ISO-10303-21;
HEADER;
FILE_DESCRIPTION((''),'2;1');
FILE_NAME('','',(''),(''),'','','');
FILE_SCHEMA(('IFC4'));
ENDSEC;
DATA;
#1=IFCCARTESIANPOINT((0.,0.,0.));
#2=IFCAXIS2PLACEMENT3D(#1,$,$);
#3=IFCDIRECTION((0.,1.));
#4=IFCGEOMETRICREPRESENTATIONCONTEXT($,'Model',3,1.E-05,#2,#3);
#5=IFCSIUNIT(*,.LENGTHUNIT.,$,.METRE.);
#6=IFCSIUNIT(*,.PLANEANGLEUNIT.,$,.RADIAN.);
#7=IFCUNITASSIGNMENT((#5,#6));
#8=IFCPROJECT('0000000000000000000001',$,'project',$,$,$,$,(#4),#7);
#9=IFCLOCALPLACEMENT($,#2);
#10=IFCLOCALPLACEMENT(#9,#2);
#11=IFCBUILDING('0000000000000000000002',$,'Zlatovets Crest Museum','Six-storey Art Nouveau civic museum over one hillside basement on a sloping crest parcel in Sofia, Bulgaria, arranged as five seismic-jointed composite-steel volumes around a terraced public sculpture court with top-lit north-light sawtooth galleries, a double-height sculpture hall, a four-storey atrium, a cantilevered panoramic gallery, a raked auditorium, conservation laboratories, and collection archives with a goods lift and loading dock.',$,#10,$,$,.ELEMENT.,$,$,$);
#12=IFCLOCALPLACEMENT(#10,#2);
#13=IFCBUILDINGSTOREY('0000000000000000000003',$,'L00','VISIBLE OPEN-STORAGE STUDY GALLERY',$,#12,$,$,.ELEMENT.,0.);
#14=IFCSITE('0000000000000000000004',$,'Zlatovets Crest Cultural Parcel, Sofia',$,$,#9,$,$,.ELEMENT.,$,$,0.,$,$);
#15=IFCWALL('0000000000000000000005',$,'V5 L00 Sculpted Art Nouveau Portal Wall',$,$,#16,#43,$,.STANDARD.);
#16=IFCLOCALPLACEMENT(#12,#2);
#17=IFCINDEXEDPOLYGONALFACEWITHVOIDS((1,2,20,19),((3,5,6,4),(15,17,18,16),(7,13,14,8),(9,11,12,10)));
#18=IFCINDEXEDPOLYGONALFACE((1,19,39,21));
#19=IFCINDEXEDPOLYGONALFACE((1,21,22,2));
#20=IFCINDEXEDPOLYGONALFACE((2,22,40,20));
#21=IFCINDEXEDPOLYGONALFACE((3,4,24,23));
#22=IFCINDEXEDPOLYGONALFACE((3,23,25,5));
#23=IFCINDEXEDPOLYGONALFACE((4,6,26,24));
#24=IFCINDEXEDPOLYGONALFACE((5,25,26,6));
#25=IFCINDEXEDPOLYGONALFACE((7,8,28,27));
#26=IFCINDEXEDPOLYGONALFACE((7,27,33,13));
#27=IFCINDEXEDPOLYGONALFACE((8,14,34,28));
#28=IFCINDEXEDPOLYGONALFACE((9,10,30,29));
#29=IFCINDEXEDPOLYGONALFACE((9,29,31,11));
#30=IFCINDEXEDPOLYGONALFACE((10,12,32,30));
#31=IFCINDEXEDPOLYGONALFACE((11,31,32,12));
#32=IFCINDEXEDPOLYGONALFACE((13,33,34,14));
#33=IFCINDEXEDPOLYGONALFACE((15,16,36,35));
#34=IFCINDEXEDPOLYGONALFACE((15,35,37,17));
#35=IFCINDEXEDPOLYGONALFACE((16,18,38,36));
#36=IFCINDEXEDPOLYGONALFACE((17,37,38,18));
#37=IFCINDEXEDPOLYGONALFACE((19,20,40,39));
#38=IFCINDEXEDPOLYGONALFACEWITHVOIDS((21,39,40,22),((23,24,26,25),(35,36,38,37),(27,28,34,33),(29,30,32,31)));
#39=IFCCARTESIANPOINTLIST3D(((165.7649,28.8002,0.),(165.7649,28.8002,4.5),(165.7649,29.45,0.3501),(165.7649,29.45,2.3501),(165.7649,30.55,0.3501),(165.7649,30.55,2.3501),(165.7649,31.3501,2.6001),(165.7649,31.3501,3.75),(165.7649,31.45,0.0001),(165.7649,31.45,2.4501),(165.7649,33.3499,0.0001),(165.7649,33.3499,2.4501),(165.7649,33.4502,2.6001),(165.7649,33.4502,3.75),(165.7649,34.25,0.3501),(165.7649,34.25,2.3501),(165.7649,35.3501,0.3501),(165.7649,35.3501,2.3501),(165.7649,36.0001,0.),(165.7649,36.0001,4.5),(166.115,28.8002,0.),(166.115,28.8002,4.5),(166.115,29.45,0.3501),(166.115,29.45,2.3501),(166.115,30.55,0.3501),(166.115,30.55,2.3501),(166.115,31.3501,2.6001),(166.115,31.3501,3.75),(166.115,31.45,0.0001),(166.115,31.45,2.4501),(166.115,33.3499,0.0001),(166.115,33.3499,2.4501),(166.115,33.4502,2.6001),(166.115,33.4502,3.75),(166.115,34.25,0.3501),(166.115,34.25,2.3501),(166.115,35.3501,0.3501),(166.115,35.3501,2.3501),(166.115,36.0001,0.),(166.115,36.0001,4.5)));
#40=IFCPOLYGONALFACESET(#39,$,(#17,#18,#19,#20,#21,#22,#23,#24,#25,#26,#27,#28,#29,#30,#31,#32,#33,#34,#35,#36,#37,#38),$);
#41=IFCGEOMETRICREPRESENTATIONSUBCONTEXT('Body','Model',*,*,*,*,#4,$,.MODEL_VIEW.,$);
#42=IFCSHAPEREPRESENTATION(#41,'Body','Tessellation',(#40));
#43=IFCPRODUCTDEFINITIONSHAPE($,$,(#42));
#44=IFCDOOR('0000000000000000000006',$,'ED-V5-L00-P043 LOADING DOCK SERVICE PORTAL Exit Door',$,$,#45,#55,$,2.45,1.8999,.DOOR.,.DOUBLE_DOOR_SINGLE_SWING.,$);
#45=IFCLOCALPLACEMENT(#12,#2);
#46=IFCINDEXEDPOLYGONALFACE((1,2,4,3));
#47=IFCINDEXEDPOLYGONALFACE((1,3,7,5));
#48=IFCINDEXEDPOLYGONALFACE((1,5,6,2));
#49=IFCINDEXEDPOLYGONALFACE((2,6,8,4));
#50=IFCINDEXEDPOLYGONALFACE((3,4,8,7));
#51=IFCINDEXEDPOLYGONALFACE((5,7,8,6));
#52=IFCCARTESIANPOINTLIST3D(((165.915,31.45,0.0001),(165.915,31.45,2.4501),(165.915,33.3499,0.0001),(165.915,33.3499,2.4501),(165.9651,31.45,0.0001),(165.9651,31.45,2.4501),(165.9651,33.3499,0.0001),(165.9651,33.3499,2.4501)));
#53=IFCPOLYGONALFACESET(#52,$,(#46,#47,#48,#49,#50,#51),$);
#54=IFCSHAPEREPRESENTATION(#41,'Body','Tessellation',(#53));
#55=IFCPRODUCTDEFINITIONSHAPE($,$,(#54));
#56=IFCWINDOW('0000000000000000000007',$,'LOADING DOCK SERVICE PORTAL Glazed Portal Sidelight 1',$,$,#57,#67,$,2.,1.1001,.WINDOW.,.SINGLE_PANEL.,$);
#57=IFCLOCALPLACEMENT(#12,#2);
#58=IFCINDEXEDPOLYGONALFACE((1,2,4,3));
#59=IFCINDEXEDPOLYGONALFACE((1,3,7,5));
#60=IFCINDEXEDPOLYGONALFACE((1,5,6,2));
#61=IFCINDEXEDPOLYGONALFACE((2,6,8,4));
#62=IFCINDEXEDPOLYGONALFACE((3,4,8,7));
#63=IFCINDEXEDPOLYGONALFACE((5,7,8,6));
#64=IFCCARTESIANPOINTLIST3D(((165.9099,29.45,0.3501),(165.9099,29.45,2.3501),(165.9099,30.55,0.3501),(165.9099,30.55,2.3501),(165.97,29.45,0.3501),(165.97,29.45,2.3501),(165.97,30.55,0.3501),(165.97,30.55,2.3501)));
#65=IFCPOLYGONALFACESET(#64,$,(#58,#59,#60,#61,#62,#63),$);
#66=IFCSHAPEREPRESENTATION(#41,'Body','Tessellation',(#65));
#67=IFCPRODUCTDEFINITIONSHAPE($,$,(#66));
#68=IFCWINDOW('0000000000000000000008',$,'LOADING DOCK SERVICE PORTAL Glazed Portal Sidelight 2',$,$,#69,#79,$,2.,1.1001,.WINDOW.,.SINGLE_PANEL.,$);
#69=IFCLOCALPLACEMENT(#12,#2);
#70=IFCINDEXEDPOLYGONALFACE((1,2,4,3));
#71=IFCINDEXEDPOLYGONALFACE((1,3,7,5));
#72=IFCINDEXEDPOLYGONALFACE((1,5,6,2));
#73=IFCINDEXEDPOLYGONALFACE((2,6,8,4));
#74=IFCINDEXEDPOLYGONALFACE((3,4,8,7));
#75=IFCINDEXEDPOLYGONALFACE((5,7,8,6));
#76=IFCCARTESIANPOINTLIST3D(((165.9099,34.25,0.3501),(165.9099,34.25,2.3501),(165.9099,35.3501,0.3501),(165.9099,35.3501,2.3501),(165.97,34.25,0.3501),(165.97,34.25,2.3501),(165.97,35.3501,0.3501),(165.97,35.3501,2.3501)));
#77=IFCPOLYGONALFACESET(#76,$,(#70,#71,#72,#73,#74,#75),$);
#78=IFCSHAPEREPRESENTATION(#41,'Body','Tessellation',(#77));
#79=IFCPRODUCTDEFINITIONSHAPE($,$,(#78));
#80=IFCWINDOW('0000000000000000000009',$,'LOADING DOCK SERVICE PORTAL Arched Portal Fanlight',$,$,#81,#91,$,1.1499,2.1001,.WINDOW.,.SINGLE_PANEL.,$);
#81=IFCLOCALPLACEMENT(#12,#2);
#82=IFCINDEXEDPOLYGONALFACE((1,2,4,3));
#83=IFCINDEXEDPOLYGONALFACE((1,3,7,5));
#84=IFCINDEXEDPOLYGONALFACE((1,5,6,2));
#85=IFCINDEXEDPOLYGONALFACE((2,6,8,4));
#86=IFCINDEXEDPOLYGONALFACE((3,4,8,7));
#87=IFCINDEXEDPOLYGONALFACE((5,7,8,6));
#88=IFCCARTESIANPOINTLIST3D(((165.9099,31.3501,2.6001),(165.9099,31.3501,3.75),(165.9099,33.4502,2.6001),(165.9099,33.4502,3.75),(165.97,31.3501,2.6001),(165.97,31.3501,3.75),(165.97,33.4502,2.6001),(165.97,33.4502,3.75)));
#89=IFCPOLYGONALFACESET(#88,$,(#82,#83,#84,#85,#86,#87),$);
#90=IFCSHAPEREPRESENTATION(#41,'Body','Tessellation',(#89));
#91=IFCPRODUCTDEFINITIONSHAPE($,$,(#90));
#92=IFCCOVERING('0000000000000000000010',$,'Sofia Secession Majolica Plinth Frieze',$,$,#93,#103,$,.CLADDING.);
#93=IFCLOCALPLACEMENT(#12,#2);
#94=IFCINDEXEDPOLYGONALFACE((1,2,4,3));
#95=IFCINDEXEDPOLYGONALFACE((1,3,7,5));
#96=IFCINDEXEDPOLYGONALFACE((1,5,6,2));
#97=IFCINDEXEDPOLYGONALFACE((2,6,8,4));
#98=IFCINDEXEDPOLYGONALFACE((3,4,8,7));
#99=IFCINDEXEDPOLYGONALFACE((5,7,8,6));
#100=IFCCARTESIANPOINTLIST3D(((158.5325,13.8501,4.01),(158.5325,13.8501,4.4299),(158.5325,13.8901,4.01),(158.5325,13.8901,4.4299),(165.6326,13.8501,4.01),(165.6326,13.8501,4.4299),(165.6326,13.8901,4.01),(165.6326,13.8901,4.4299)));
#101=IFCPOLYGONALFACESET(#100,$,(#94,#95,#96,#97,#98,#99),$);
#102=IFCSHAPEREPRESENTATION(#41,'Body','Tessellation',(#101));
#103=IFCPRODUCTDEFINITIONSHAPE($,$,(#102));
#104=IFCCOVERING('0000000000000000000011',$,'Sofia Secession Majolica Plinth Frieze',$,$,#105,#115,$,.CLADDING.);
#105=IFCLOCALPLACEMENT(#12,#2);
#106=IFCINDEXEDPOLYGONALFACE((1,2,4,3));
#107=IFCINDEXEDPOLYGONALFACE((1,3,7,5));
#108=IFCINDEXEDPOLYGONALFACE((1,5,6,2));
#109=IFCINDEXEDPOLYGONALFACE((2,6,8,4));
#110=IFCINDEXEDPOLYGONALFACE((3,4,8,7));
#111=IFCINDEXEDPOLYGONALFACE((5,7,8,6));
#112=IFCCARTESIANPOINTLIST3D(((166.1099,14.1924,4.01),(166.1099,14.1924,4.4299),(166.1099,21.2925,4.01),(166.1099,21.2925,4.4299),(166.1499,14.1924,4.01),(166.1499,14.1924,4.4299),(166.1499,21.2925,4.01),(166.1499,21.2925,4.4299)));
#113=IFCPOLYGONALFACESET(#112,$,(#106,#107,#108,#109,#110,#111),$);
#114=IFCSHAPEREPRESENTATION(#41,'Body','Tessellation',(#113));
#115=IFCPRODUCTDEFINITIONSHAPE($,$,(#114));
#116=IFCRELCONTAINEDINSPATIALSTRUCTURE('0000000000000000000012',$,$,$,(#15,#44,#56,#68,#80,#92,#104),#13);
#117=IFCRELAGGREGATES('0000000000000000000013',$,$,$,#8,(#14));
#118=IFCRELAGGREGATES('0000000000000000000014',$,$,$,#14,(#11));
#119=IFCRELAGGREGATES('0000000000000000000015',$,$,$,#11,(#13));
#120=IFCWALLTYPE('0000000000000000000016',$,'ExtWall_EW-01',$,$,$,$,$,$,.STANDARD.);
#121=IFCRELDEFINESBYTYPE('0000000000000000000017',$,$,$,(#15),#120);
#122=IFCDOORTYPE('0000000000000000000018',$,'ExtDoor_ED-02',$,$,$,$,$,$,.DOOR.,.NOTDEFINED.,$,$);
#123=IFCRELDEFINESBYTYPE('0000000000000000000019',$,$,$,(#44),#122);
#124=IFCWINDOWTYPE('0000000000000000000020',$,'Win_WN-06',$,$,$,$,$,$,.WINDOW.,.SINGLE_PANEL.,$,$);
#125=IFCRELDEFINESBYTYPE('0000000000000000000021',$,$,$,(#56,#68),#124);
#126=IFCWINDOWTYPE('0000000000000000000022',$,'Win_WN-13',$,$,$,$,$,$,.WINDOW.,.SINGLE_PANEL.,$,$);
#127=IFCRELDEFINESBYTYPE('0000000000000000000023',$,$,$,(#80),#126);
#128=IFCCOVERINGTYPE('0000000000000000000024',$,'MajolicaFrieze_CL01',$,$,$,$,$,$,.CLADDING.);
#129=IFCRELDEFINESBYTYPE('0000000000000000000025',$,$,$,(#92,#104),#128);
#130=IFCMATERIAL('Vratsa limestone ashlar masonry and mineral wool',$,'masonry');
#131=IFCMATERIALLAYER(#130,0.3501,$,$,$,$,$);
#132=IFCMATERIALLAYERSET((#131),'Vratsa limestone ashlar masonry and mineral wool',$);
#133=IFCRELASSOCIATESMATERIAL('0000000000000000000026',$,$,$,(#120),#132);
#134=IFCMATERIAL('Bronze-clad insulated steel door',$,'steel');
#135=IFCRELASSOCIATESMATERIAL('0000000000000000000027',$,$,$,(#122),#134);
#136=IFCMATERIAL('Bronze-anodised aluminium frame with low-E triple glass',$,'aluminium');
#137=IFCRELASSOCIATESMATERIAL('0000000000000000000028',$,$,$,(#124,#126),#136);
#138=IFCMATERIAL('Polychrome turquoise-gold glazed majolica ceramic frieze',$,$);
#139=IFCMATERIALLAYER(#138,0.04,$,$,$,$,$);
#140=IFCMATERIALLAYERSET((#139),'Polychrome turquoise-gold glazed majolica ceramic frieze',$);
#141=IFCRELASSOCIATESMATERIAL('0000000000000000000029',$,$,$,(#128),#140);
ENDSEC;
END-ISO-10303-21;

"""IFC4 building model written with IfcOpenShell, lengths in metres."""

from ifc_helpers import new_model, si_unit, direction, frame, frame_2d, origin, origin_2d, place, context, subcontext, project, spatial, rectangle, extrude, material, layer, layer_set, type_object, element, fill, save


model = new_model("IFC4")

# Units and contexts
model_context = context("Model", 3, precision=1e-05, world=origin(), true_north=direction((0.0, 1.0)))
body_context = subcontext(model_context, "Body", "Model", "MODEL_VIEW")
ifc_project = project(units=[si_unit("LENGTHUNIT", "METRE"), si_unit("PLANEANGLEUNIT", "RADIAN")], contexts=[model_context])

# Site, building, storey
site_placement = place(None, origin())
site = spatial("IfcSite", under=ifc_project, at=site_placement, Name="Zlatovets Crest Cultural Parcel, Sofia", CompositionType="ELEMENT", RefElevation=0.0)
building_placement = place(site_placement, origin())
building = spatial("IfcBuilding", under=site, at=building_placement, Name="Zlatovets Crest Museum", Description="Six-storey Art Nouveau civic museum over one hillside basement on a sloping crest parcel in Sofia, Bulgaria, arranged as five seismic-jointed composite-steel volumes around a terraced public sculpture court with top-lit north-light sawtooth galleries, a double-height sculpture hall, a four-storey atrium, a cantilevered panoramic gallery, a raked auditorium, conservation laboratories, and collection archives with a goods lift and loading dock.", CompositionType="ELEMENT")
storey_placement = place(building_placement, origin())
storey = spatial("IfcBuildingStorey", under=building, at=storey_placement, Name="L00", Description="VISIBLE OPEN-STORAGE STUDY GALLERY", CompositionType="ELEMENT", Elevation=0.0)

# Shared definitions
ifc_material_1 = material(Name="Vratsa limestone ashlar masonry and mineral wool", Category="masonry")
ifc_layer_1 = layer(ifc_material_1, 0.3501)
ifc_layer_set_1 = layer_set([ifc_layer_1], Name="Vratsa limestone ashlar masonry and mineral wool")
wall_type = type_object("IfcWallType", Name="ExtWall_EW-01", PredefinedType="STANDARD", material=ifc_layer_set_1)
ifc_material_2 = material(Name="Bronze-anodised aluminium frame with low-E triple glass", Category="aluminium")

# Wall, openings, door, windows
wall_1_placement = place(storey_placement, frame((165.9399, 28.8, 0.0), z_axis=(0.0, 0.0, 1.0), x_axis=(0.0, 1.0, 0.0)))
wall_1 = element("IfcWall", 1, at=wall_1_placement, inside=storey, type_object=wall_type, Name="V5 L00 Sculpted Art Nouveau Portal Wall", PredefinedType="STANDARD", context=body_context, shape_type="SweptSolid", body=[
    extrude(rectangle(XDim=7.2, YDim=0.3501, at=frame_2d((3.6001, 0.0))), origin(), (0.0, 0.0, 1.0), 4.5),
])
opening_1_placement = place(wall_1_placement, frame((2.6499, 0.0, 0.0)))
opening_1 = element("IfcOpeningElement", 2, at=opening_1_placement, cuts=wall_1, PredefinedType="OPENING", context=body_context, shape_type="SweptSolid", body=[
    extrude(rectangle(XDim=1.8999, YDim=2.45, at=frame_2d((0.95, 1.2251))), frame((0.0, 0.1851, 0.0), z_axis=(0.0, -1.0, 0.0), x_axis=(1.0, 0.0, 0.0)), (0.0, 0.0, 1.0), 0.3701),
])
opening_2_placement = place(wall_1_placement, frame((2.55, 0.0, 2.6001)))
opening_2 = element("IfcOpeningElement", 3, at=opening_2_placement, cuts=wall_1, PredefinedType="OPENING", context=body_context, shape_type="SweptSolid", body=[
    extrude(rectangle(XDim=2.1001, YDim=1.1499, at=frame_2d((1.05, 0.575))), frame((0.0, 0.1851, 0.0), z_axis=(0.0, -1.0, 0.0), x_axis=(1.0, 0.0, 0.0)), (0.0, 0.0, 1.0), 0.3701),
])
opening_3_placement = place(wall_1_placement, frame((0.6499, 0.0, 0.3501)))
opening_3 = element("IfcOpeningElement", 4, at=opening_3_placement, cuts=wall_1, PredefinedType="OPENING", context=body_context, shape_type="SweptSolid", body=[
    extrude(rectangle(XDim=1.1001, YDim=2.0, at=frame_2d((0.55, 1.0))), frame((0.0, 0.1851, 0.0), z_axis=(0.0, -1.0, 0.0), x_axis=(1.0, 0.0, 0.0)), (0.0, 0.0, 1.0), 0.3701),
])
opening_4_placement = place(wall_1_placement, frame((5.45, 0.0, 0.3501)))
opening_4 = element("IfcOpeningElement", 5, at=opening_4_placement, cuts=wall_1, PredefinedType="OPENING", context=body_context, shape_type="SweptSolid", body=[
    extrude(rectangle(XDim=1.1001, YDim=2.0, at=frame_2d((0.55, 1.0))), frame((0.0, 0.1851, 0.0), z_axis=(0.0, -1.0, 0.0), x_axis=(1.0, 0.0, 0.0)), (0.0, 0.0, 1.0), 0.3701),
])
ifc_material_3 = material(Name="Bronze-clad insulated steel door", Category="steel")
door_type_1 = type_object("IfcDoorType", Name="ExtDoor_ED-02", OperationType="NOTDEFINED", PredefinedType="DOOR", material=ifc_material_3)
door_1_placement = place(opening_1_placement, origin())
door_1 = element("IfcDoor", 6, at=door_1_placement, inside=storey, type_object=door_type_1, Name="ED-V5-L00-P043 LOADING DOCK SERVICE PORTAL Exit Door", OperationType="DOUBLE_DOOR_SINGLE_SWING", OverallHeight=2.45, OverallWidth=1.8999, PredefinedType="DOOR", context=body_context, shape_type="SweptSolid", body=[
    extrude(rectangle(XDim=1.8999, YDim=2.45, at=frame_2d((0.95, 1.2251))), frame((0.0, 0.0249, 0.0), z_axis=(0.0, -1.0, 0.0), x_axis=(1.0, 0.0, 0.0)), (0.0, 0.0, 1.0), 0.05),
])
fill(opening_1, door_1)
window_type_1 = type_object("IfcWindowType", Name="Win_WN-06", PartitioningType="SINGLE_PANEL", PredefinedType="WINDOW", material=ifc_material_2)
window_1_placement = place(opening_3_placement, origin())
window_1 = element("IfcWindow", 7, at=window_1_placement, inside=storey, type_object=window_type_1, Name="LOADING DOCK SERVICE PORTAL Glazed Portal Sidelight 1", OverallHeight=2.0, OverallWidth=1.1001, PartitioningType="SINGLE_PANEL", PredefinedType="WINDOW", context=body_context, shape_type="SweptSolid", body=[
    extrude(rectangle(XDim=1.1001, YDim=2.0, at=frame_2d((0.55, 1.0))), frame((0.0, 0.03, 0.0), z_axis=(0.0, -1.0, 0.0), x_axis=(1.0, 0.0, 0.0)), (0.0, 0.0, 1.0), 0.0601),
])
fill(opening_3, window_1)
window_2_placement = place(opening_4_placement, origin())
window_2 = element("IfcWindow", 8, at=window_2_placement, inside=storey, type_object=window_type_1, Name="LOADING DOCK SERVICE PORTAL Glazed Portal Sidelight 2", OverallHeight=2.0, OverallWidth=1.1001, PartitioningType="SINGLE_PANEL", PredefinedType="WINDOW", context=body_context, shape_type="SweptSolid", body=[
    extrude(rectangle(XDim=1.1001, YDim=2.0, at=frame_2d((0.55, 1.0))), frame((0.0, 0.03, 0.0), z_axis=(0.0, -1.0, 0.0), x_axis=(1.0, 0.0, 0.0)), (0.0, 0.0, 1.0), 0.0601),
])
fill(opening_4, window_2)
window_type_2 = type_object("IfcWindowType", Name="Win_WN-13", PartitioningType="SINGLE_PANEL", PredefinedType="WINDOW", material=ifc_material_2)
window_3_placement = place(opening_2_placement, origin())
window_3 = element("IfcWindow", 9, at=window_3_placement, inside=storey, type_object=window_type_2, Name="LOADING DOCK SERVICE PORTAL Arched Portal Fanlight", OverallHeight=1.1499, OverallWidth=2.1001, PartitioningType="SINGLE_PANEL", PredefinedType="WINDOW", context=body_context, shape_type="SweptSolid", body=[
    extrude(rectangle(XDim=2.1001, YDim=1.1499, at=frame_2d((1.05, 0.575))), frame((0.0, 0.03, 0.0), z_axis=(0.0, -1.0, 0.0), x_axis=(1.0, 0.0, 0.0)), (0.0, 0.0, 1.0), 0.0601),
])
fill(opening_2, window_3)

# Coverings
ifc_material_4 = material(Name="Polychrome turquoise-gold glazed majolica ceramic frieze")
ifc_layer_2 = layer(ifc_material_4, 0.04)
ifc_layer_set_2 = layer_set([ifc_layer_2], Name="Polychrome turquoise-gold glazed majolica ceramic frieze")
covering_type = type_object("IfcCoveringType", Name="MajolicaFrieze_CL01", PredefinedType="CLADDING", material=ifc_layer_set_2)
for number, where, z_axis, x_axis, name in (
    (10, (162.0825, 13.8701, 4.01), (0.0, 0.0, 1.0), (1.0, 0.0, 0.0), "Sofia Secession Majolica Plinth Frieze"),
    (11, (166.1299, 17.7424, 4.01), (0.0, 0.0, 1.0), (0.0, 1.0, 0.0), "Sofia Secession Majolica Plinth Frieze"),
):
    element("IfcCovering", number, at=place(storey_placement, frame(where, z_axis=z_axis, x_axis=x_axis)), inside=storey, type_object=covering_type, Name=name, PredefinedType="CLADDING", context=body_context, shape_type="SweptSolid", body=[
        extrude(rectangle(XDim=7.1001, YDim=0.04, at=origin_2d()), origin(), (0.0, 0.0, 1.0), 0.4199),
    ])

save(model, "model.ifc")
